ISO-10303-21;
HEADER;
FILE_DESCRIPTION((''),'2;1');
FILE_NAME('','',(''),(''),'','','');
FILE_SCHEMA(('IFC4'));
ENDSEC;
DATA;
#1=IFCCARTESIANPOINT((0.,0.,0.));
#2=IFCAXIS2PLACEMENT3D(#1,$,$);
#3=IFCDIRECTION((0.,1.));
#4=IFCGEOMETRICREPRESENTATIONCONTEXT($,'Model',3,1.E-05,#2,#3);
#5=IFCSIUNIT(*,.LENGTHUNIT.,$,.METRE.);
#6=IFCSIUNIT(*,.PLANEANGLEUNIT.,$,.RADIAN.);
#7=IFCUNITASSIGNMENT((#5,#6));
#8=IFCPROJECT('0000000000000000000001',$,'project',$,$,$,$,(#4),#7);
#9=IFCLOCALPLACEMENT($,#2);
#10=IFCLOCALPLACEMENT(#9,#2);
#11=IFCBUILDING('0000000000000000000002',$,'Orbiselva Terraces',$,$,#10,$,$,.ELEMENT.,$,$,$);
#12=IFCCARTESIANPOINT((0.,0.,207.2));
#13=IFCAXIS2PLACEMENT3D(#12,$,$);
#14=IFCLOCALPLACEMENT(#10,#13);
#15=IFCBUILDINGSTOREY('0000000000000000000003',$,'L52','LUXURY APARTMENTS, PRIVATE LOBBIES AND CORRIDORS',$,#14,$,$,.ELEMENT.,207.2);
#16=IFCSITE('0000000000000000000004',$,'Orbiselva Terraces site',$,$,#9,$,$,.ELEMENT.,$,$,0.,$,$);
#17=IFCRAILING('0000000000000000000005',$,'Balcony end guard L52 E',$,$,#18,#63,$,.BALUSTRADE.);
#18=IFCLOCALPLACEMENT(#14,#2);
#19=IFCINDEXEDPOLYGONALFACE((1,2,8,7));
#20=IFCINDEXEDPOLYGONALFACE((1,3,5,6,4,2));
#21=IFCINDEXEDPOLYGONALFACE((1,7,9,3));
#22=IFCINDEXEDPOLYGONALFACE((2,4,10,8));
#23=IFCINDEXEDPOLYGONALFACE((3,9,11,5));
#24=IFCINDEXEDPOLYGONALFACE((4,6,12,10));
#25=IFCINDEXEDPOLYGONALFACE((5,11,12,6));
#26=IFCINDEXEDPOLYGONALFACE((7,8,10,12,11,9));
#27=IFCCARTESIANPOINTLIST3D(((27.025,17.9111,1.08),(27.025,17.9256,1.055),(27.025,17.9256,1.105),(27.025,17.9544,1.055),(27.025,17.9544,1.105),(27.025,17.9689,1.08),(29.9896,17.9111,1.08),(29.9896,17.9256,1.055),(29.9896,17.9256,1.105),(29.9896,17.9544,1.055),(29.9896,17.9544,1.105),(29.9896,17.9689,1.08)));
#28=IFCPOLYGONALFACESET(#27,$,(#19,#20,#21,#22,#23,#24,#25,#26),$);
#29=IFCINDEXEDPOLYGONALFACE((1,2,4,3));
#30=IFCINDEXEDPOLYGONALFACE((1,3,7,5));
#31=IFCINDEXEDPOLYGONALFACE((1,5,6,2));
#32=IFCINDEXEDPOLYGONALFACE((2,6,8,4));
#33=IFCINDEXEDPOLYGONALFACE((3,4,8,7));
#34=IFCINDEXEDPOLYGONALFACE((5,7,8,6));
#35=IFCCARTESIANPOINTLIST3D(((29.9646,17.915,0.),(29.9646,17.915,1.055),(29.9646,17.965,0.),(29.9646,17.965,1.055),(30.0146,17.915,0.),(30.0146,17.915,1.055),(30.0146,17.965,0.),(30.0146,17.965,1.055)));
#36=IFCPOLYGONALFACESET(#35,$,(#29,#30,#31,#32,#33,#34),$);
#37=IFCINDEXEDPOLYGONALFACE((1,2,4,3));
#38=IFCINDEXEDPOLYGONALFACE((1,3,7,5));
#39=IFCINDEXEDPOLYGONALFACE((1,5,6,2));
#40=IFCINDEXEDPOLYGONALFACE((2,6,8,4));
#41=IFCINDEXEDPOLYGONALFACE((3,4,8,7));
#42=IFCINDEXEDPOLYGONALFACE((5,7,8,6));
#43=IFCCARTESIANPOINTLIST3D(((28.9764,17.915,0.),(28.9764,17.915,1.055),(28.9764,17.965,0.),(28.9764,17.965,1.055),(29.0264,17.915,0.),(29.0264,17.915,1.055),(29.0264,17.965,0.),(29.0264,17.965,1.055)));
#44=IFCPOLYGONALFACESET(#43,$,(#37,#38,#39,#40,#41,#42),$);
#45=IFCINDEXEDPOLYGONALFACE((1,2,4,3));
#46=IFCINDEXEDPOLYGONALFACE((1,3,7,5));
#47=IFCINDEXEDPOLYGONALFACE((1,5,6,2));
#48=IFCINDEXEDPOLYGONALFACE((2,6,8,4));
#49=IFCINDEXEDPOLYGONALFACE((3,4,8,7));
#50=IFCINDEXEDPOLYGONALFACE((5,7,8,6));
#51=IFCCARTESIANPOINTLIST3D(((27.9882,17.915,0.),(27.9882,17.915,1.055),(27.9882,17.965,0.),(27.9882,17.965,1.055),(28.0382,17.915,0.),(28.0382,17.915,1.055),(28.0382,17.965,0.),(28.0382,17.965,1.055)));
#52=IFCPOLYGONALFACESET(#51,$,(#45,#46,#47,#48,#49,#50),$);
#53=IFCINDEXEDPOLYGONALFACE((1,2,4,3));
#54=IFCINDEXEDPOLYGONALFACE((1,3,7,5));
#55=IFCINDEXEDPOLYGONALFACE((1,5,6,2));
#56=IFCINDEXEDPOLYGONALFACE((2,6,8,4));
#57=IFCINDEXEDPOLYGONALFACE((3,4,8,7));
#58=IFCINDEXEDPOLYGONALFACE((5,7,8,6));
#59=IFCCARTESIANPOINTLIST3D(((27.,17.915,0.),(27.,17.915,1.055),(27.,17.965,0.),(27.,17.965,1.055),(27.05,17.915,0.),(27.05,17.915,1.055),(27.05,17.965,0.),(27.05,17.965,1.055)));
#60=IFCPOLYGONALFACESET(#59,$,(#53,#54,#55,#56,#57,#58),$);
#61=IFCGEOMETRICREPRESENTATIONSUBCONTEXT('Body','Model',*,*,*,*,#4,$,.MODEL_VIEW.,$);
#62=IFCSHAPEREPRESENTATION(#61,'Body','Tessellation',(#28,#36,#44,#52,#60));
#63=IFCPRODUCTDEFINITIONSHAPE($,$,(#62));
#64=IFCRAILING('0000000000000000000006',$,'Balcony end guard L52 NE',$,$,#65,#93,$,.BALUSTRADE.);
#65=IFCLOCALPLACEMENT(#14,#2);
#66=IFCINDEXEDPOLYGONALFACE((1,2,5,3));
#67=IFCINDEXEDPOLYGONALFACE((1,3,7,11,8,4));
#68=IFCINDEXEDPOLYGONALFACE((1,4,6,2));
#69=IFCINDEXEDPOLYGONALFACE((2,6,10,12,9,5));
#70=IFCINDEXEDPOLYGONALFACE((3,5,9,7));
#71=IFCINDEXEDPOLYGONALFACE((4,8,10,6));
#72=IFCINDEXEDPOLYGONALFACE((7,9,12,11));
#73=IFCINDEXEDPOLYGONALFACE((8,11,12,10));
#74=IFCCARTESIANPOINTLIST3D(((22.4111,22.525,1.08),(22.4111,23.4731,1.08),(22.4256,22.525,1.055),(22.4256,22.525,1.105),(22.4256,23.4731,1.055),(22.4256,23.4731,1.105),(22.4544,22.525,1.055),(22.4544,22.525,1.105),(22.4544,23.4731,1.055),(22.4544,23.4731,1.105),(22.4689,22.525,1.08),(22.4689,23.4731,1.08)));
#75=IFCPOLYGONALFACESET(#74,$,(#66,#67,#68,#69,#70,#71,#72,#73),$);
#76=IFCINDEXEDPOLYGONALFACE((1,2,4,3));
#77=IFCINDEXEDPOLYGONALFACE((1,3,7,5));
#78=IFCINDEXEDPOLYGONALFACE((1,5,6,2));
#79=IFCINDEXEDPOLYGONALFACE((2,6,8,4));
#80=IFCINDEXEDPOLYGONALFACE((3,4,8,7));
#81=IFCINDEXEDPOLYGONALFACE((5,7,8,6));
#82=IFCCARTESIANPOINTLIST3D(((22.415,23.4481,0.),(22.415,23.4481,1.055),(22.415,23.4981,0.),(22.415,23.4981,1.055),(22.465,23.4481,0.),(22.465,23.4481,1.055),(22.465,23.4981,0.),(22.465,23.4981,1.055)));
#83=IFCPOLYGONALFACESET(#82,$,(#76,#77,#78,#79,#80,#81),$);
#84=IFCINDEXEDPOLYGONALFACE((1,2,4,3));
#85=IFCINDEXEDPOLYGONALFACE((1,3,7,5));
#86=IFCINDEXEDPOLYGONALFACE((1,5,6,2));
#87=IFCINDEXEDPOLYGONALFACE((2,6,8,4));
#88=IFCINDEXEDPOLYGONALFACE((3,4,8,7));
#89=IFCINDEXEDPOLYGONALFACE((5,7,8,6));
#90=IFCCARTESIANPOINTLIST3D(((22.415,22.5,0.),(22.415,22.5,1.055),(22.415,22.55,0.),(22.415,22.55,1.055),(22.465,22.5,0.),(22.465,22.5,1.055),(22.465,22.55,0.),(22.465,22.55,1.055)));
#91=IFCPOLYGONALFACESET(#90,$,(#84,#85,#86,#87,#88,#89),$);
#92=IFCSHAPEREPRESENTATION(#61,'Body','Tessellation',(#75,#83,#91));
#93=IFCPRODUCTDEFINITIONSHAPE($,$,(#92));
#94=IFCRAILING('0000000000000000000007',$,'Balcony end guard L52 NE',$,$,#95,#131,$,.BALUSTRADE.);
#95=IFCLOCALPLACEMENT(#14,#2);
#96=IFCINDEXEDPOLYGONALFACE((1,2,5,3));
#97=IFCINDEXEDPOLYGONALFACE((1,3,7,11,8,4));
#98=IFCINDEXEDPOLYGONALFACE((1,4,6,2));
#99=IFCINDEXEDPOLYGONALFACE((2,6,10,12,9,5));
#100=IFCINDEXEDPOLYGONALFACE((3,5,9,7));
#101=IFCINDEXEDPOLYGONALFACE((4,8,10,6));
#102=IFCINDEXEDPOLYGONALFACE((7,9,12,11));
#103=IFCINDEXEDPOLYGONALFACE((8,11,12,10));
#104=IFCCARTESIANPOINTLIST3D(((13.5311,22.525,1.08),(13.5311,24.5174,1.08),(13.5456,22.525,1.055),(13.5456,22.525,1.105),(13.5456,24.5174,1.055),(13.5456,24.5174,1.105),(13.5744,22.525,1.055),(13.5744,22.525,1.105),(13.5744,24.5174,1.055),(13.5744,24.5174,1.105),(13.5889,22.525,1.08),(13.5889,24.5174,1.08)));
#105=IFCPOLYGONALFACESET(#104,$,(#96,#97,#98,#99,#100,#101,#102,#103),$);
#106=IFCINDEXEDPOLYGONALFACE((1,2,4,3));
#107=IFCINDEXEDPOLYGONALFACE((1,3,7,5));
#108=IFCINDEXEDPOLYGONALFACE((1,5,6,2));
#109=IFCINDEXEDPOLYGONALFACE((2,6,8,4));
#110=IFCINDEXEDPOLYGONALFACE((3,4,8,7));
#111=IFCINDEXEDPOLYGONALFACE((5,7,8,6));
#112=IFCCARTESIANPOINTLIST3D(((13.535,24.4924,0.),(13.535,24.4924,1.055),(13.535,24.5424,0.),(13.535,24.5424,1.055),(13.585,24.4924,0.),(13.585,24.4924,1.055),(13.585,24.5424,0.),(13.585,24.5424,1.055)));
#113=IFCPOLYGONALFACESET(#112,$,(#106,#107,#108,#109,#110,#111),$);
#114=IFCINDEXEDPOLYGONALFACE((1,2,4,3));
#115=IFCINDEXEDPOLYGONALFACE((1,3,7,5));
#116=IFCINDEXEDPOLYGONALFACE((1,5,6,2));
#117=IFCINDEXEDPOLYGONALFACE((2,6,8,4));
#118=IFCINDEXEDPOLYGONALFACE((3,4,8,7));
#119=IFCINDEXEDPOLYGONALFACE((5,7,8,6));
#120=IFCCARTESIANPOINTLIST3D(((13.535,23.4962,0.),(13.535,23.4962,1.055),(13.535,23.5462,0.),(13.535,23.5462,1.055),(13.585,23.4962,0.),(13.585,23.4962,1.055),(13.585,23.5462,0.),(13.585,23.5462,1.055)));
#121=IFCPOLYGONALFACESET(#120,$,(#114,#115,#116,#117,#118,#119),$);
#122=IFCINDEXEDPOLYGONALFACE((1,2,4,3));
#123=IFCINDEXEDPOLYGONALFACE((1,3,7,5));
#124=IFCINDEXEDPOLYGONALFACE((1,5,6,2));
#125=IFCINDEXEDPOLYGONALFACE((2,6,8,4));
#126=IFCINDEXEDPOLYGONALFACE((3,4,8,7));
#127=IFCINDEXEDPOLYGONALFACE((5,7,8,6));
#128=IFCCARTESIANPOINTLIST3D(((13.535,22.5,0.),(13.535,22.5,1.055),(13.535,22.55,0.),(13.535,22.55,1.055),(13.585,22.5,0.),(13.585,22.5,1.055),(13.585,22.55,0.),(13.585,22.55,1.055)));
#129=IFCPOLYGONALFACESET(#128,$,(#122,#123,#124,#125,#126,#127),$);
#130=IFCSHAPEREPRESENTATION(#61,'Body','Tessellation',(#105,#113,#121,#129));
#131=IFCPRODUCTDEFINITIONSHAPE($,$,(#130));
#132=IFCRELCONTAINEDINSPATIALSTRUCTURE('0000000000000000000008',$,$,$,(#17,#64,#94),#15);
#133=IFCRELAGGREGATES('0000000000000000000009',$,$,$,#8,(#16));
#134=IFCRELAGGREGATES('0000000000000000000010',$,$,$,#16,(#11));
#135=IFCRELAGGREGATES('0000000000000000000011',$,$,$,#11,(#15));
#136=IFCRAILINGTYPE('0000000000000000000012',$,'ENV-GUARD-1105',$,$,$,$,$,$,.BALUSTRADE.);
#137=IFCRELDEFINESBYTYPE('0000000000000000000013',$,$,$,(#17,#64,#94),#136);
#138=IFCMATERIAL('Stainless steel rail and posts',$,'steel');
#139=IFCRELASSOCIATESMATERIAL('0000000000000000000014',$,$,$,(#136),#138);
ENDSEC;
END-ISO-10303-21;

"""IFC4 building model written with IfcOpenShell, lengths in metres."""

from ifc_helpers import new_model, si_unit, direction, frame, origin, origin_2d, place, context, subcontext, project, spatial, polyline, rectangle, outline, extrude, material, type_object, element, save


model = new_model("IFC4")

# Units and contexts
model_context = context("Model", 3, precision=1e-05, world=origin(), true_north=direction((0.0, 1.0)))
body_context = subcontext(model_context, "Body", "Model", "MODEL_VIEW")
ifc_project = project(units=[si_unit("LENGTHUNIT", "METRE"), si_unit("PLANEANGLEUNIT", "RADIAN")], contexts=[model_context])

# Site, building, storey
site_placement = place(None, origin())
site = spatial("IfcSite", under=ifc_project, at=site_placement, Name="Orbiselva Terraces site", CompositionType="ELEMENT", RefElevation=0.0)
building_placement = place(site_placement, origin())
building = spatial("IfcBuilding", under=site, at=building_placement, Name="Orbiselva Terraces", CompositionType="ELEMENT")
storey_placement = place(building_placement, frame((0.0, 0.0, 207.2)))
storey = spatial("IfcBuildingStorey", under=building, at=storey_placement, Name="L52", Description="LUXURY APARTMENTS, PRIVATE LOBBIES AND CORRIDORS", CompositionType="ELEMENT", Elevation=207.2)

# Railings
ifc_material_1 = material(Name="Stainless steel rail and posts", Category="steel")
railing_type_1 = type_object("IfcRailingType", Name="ENV-GUARD-1105", PredefinedType="BALUSTRADE", material=ifc_material_1)
railing_1_placement = place(storey_placement, frame((29.9896, 17.94, 0.0)))
element("IfcRailing", 1, at=railing_1_placement, inside=storey, type_object=railing_type_1, Name="Balcony end guard L52 E", PredefinedType="BALUSTRADE", context=body_context, shape_type="SweptSolid", body=[
    extrude(outline(polyline([(0.0289, 0.0), (0.0144, 0.025), (-0.0144, 0.025), (-0.0289, 0.0), (-0.0144, -0.025), (0.0144, -0.025), (0.0289, 0.0)])), frame((0.0, 0.0, 1.08), z_axis=(-1.0, 0.0, 0.0), x_axis=(0.0, -1.0, 0.0)), (0.0, 0.0, 1.0), 2.9646),
    extrude(rectangle(XDim=0.05, YDim=0.05, at=origin_2d()), origin(), (0.0, 0.0, 1.0), 1.055),
    extrude(rectangle(XDim=0.05, YDim=0.05, at=origin_2d()), frame((-0.9882, 0.0, 0.0)), (0.0, 0.0, 1.0), 1.055),
    extrude(rectangle(XDim=0.05, YDim=0.05, at=origin_2d()), frame((-1.9764, 0.0, 0.0)), (0.0, 0.0, 1.0), 1.055),
    extrude(rectangle(XDim=0.05, YDim=0.05, at=origin_2d()), frame((-2.9646, 0.0, 0.0)), (0.0, 0.0, 1.0), 1.055),
])
railing_2_placement = place(storey_placement, frame((22.44, 23.4731, 0.0)))
element("IfcRailing", 2, at=railing_2_placement, inside=storey, type_object=railing_type_1, Name="Balcony end guard L52 NE", PredefinedType="BALUSTRADE", context=body_context, shape_type="SweptSolid", body=[
    extrude(outline(polyline([(0.0289, 0.0), (0.0144, 0.025), (-0.0144, 0.025), (-0.0289, 0.0), (-0.0144, -0.025), (0.0144, -0.025), (0.0289, 0.0)])), frame((0.0, 0.0, 1.08), z_axis=(0.0, -1.0, 0.0), x_axis=(1.0, 0.0, 0.0)), (0.0, 0.0, 1.0), 0.9481),
    extrude(rectangle(XDim=0.05, YDim=0.05, at=origin_2d()), origin(), (0.0, 0.0, 1.0), 1.055),
    extrude(rectangle(XDim=0.05, YDim=0.05, at=origin_2d()), frame((0.0, -0.9481, 0.0)), (0.0, 0.0, 1.0), 1.055),
])
railing_3_placement = place(storey_placement, frame((13.56, 24.5174, 0.0)))
element("IfcRailing", 3, at=railing_3_placement, inside=storey, type_object=railing_type_1, Name="Balcony end guard L52 NE", PredefinedType="BALUSTRADE", context=body_context, shape_type="SweptSolid", body=[
    extrude(outline(polyline([(0.0289, 0.0), (0.0144, 0.025), (-0.0144, 0.025), (-0.0289, 0.0), (-0.0144, -0.025), (0.0144, -0.025), (0.0289, 0.0)])), frame((0.0, 0.0, 1.08), z_axis=(0.0, -1.0, 0.0), x_axis=(1.0, 0.0, 0.0)), (0.0, 0.0, 1.0), 1.9924),
    extrude(rectangle(XDim=0.05, YDim=0.05, at=origin_2d()), origin(), (0.0, 0.0, 1.0), 1.055),
    extrude(rectangle(XDim=0.05, YDim=0.05, at=origin_2d()), frame((0.0, -0.9962, 0.0)), (0.0, 0.0, 1.0), 1.055),
    extrude(rectangle(XDim=0.05, YDim=0.05, at=origin_2d()), frame((0.0, -1.9924, 0.0)), (0.0, 0.0, 1.0), 1.055),
])

save(model, "model.ifc")
